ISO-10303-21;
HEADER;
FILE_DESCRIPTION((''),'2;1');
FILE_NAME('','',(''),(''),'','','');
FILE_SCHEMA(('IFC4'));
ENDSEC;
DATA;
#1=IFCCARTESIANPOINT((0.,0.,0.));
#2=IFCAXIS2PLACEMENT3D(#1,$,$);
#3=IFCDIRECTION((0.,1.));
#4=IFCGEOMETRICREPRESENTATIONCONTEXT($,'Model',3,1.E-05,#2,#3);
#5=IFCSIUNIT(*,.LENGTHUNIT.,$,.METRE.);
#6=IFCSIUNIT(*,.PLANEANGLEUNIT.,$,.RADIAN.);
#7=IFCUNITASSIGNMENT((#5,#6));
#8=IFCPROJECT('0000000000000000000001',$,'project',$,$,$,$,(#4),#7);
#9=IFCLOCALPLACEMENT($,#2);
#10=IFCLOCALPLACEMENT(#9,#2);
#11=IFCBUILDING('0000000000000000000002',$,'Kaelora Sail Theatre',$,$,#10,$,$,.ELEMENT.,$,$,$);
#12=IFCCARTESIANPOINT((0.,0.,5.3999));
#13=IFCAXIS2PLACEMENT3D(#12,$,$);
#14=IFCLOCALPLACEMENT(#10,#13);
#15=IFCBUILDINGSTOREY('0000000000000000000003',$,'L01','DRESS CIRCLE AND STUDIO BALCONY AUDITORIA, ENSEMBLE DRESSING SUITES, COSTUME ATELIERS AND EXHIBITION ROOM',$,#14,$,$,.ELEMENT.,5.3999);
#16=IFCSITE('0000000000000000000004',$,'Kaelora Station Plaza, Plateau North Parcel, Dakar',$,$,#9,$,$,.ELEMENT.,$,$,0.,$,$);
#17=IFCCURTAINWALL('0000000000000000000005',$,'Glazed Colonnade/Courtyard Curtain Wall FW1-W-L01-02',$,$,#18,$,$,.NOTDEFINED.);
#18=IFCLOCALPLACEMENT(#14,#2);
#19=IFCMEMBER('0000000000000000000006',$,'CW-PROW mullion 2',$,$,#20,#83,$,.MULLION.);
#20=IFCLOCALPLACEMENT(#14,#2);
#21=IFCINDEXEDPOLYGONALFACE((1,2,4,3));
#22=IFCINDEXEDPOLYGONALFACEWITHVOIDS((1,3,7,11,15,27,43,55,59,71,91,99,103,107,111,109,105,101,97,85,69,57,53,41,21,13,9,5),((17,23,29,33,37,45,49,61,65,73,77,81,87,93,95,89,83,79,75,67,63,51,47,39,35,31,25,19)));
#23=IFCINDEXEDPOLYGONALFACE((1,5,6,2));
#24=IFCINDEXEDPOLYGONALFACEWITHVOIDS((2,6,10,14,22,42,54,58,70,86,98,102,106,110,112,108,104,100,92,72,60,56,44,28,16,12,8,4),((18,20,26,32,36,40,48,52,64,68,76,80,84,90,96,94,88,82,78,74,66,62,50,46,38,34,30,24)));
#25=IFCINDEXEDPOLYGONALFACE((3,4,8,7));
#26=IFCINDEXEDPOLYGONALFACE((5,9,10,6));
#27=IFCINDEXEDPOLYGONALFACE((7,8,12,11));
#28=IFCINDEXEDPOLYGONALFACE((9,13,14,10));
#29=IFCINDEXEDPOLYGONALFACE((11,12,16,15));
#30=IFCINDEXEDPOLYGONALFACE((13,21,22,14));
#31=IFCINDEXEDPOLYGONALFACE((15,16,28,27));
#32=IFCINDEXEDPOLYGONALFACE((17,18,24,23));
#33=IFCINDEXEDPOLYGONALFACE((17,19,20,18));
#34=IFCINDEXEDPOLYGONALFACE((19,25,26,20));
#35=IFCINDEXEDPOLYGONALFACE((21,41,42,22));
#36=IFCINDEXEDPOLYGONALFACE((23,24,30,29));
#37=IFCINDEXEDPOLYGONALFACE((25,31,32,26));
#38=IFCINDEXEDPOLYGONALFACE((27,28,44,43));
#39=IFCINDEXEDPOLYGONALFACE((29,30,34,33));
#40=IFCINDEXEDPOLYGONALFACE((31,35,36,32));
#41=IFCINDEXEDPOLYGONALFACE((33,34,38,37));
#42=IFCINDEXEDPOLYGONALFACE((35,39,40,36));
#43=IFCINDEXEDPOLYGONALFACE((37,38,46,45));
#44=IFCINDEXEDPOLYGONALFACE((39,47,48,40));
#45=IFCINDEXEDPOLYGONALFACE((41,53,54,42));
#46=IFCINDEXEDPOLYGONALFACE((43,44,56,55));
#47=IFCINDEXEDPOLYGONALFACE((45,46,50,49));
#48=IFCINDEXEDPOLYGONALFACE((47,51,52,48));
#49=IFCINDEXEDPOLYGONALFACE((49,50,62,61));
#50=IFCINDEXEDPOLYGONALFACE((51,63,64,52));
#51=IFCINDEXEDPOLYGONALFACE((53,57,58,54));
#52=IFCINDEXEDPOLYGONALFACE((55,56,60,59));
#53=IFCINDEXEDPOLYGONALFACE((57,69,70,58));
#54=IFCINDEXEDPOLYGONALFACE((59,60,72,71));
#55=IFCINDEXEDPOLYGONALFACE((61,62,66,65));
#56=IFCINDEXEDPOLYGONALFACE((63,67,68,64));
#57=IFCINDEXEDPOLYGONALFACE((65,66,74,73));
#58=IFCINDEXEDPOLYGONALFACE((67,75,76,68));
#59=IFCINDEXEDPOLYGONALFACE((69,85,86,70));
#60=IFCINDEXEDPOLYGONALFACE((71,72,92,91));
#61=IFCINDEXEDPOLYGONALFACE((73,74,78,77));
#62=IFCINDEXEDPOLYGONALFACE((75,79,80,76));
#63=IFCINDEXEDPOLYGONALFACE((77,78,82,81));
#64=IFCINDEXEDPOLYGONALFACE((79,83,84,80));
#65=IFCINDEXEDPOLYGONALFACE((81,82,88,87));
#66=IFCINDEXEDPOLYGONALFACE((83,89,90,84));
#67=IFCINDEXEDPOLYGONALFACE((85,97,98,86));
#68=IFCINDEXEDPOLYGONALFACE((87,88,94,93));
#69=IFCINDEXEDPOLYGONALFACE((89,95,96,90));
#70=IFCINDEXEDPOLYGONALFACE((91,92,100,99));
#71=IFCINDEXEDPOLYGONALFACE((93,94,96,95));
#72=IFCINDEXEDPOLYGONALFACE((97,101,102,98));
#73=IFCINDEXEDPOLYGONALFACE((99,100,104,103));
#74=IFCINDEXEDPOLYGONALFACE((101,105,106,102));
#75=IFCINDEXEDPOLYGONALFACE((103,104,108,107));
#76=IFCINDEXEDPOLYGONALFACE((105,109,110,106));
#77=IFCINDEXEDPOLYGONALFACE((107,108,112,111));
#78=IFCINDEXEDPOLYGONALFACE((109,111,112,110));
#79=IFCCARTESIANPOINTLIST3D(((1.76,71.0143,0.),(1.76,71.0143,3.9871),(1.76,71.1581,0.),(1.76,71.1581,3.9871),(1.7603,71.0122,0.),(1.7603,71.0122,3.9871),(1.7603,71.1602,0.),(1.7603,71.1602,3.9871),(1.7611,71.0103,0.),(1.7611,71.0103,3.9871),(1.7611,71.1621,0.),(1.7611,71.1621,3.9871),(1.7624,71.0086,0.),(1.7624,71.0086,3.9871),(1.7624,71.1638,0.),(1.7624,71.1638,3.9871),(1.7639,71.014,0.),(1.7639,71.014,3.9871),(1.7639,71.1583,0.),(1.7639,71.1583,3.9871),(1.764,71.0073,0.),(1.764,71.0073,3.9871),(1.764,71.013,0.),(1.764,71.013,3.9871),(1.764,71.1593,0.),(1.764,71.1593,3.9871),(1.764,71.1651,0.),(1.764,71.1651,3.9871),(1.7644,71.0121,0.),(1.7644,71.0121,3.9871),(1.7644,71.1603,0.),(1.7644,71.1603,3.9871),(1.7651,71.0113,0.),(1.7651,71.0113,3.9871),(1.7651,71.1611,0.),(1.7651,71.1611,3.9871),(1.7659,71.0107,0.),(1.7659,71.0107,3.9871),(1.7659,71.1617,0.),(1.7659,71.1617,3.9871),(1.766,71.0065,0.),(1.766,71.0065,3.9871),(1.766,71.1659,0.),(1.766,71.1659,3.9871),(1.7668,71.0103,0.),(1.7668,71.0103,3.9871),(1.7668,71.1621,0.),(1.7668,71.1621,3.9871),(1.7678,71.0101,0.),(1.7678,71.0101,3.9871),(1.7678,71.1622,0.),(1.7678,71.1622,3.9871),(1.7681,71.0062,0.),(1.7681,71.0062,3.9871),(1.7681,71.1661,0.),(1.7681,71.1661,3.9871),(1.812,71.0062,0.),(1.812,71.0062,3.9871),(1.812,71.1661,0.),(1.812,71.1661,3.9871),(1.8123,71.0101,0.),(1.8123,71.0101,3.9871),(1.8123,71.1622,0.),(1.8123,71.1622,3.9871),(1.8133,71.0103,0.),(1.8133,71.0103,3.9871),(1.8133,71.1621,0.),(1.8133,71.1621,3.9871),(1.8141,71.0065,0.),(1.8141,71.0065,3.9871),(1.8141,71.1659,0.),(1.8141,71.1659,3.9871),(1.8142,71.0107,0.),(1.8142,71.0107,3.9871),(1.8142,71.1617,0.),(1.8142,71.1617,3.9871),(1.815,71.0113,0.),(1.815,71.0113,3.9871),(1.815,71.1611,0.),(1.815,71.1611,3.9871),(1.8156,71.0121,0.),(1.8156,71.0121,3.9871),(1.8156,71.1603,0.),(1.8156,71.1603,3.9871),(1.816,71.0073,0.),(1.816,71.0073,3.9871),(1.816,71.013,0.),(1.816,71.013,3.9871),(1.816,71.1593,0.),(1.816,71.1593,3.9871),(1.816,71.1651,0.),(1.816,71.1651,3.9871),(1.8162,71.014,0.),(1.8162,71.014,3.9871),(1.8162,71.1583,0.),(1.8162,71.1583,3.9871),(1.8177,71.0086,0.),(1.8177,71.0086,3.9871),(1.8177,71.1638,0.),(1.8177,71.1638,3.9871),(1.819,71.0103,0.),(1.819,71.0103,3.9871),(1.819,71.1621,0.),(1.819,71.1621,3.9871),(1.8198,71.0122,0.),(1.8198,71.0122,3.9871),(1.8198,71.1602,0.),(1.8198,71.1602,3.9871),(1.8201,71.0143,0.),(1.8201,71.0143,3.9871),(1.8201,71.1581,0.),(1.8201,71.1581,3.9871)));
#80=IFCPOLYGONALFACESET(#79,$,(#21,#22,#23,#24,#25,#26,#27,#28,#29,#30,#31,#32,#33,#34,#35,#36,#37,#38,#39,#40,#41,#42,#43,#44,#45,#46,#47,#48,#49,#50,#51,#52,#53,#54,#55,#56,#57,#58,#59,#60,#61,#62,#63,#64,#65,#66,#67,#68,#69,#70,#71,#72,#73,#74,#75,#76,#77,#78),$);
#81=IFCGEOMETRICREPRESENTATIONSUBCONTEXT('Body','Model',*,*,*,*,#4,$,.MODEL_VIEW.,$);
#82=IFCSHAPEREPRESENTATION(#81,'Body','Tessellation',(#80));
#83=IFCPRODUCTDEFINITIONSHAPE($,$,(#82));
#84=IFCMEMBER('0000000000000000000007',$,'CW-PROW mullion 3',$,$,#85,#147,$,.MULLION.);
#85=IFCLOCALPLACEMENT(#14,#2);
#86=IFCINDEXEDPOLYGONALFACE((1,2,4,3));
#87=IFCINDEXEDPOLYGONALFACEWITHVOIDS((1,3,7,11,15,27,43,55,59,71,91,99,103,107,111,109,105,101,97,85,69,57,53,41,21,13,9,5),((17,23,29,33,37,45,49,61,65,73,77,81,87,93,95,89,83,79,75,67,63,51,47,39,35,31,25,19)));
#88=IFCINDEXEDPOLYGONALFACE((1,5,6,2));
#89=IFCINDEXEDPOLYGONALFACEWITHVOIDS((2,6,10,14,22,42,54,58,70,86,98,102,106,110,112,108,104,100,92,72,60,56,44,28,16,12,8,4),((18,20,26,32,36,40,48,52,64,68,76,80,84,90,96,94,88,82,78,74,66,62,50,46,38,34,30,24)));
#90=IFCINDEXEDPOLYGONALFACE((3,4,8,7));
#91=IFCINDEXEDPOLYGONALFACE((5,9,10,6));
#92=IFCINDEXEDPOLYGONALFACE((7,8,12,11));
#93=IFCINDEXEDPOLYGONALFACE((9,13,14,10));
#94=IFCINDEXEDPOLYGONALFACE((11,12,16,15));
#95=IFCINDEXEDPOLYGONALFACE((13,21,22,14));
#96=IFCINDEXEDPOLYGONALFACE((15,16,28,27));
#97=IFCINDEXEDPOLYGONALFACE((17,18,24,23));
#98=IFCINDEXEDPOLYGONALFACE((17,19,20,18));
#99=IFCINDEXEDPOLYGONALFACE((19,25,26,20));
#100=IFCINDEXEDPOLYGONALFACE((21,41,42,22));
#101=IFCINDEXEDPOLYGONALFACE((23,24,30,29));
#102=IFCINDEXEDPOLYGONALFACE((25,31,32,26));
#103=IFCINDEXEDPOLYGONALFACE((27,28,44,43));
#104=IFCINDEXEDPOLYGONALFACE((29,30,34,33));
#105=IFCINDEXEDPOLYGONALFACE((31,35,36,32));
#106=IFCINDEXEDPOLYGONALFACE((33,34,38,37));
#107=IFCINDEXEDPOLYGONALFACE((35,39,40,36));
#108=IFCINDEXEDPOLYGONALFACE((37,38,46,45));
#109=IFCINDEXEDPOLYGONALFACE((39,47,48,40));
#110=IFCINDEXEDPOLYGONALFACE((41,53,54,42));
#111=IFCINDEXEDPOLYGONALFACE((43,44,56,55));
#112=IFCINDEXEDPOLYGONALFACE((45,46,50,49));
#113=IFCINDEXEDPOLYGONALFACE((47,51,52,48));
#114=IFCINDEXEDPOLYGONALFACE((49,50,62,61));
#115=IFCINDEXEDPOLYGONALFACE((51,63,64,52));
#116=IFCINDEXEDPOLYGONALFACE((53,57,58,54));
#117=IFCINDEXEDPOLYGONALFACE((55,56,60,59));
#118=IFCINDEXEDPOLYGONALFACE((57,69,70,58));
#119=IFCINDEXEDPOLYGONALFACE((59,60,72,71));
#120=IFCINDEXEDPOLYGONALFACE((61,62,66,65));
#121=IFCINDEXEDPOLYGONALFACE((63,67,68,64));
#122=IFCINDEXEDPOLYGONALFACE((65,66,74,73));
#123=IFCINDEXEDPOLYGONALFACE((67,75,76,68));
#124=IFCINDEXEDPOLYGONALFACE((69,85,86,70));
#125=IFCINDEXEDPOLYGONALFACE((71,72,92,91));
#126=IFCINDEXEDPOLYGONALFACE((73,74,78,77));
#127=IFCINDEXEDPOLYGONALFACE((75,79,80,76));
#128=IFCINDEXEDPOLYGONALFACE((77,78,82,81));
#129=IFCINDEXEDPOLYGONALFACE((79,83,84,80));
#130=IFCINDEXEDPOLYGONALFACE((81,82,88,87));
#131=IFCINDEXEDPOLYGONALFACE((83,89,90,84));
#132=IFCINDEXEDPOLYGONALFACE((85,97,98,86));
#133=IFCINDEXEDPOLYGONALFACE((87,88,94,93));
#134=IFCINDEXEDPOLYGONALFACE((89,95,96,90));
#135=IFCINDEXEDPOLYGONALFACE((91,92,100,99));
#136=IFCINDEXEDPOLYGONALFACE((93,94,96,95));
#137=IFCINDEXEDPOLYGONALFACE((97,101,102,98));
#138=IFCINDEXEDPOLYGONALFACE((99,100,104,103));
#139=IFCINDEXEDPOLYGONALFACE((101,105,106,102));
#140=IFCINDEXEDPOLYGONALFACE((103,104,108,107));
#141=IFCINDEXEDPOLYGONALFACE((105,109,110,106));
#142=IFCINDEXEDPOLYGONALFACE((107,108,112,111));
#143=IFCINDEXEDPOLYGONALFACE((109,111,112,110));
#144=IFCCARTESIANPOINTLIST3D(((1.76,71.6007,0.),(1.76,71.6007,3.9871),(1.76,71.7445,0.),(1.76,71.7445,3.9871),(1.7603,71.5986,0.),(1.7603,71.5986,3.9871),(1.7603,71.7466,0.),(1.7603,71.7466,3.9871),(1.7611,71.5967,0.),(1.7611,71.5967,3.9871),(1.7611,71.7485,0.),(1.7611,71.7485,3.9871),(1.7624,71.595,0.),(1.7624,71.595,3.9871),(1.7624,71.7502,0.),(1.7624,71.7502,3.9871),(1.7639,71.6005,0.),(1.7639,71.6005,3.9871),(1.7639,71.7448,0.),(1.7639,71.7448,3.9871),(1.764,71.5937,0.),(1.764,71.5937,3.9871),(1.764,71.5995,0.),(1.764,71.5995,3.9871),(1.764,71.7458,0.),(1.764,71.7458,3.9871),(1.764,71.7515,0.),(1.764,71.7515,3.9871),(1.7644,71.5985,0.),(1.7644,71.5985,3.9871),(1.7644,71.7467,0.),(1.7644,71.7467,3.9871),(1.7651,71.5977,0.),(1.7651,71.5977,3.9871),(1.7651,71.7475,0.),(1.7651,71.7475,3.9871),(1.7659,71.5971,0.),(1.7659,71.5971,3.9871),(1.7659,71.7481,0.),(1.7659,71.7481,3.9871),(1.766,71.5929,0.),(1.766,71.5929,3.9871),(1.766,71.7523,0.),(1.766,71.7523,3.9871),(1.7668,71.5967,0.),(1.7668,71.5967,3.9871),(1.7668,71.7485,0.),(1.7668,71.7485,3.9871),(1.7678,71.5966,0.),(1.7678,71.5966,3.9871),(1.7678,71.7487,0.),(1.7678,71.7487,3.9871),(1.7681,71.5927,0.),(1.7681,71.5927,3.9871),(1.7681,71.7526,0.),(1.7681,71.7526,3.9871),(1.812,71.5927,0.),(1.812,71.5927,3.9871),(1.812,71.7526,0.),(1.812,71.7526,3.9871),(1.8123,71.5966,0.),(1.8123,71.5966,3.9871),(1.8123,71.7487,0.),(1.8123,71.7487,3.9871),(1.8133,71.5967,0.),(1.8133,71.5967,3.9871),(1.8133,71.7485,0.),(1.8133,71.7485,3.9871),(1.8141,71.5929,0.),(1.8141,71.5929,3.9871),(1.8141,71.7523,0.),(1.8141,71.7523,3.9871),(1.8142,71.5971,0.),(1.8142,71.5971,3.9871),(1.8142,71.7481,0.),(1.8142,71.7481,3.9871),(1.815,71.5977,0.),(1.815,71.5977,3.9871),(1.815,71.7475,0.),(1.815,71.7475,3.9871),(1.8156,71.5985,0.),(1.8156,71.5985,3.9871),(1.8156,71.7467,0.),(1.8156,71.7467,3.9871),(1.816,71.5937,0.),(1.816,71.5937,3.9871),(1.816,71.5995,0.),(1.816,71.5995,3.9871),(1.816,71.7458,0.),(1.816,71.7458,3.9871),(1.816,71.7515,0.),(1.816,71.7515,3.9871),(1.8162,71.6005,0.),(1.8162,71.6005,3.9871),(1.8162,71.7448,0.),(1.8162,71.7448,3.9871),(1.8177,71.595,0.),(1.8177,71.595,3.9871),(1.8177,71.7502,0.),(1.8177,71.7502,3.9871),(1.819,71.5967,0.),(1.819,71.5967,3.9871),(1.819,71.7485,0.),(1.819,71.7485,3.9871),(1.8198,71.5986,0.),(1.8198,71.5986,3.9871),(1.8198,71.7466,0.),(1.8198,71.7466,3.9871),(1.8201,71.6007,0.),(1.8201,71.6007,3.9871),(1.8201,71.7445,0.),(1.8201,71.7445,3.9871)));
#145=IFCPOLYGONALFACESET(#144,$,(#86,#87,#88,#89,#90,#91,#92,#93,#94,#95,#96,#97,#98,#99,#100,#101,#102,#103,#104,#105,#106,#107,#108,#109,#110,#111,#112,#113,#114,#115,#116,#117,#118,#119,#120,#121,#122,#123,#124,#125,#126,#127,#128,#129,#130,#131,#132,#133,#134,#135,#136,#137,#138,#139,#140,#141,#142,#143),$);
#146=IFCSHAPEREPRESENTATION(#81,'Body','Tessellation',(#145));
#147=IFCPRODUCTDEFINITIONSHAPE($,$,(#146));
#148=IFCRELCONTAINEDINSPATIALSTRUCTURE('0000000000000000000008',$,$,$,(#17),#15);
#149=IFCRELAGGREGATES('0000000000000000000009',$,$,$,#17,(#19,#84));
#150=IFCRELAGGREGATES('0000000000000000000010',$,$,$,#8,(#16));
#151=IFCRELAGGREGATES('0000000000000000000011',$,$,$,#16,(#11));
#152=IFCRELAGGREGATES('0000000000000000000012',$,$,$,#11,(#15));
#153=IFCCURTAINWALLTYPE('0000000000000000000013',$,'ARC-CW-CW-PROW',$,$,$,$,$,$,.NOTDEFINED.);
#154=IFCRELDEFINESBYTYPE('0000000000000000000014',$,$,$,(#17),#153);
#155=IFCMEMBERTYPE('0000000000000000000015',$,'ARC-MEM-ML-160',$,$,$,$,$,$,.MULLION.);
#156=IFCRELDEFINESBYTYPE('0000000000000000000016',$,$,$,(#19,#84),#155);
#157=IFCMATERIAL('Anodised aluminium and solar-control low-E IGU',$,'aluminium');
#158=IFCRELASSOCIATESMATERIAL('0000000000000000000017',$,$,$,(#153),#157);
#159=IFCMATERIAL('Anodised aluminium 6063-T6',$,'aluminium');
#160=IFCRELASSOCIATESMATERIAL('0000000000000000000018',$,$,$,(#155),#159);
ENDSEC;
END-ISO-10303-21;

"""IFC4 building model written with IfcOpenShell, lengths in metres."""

from ifc_helpers import new_model, si_unit, direction, frame, origin, origin_2d, place, context, subcontext, project, spatial, hollow_rectangle, extrude, material, material_profile, profile_set, type_object, element, aggregate, save


model = new_model("IFC4")

# Units and contexts
model_context = context("Model", 3, precision=1e-05, world=origin(), true_north=direction((0.0, 1.0)))
body_context = subcontext(model_context, "Body", "Model", "MODEL_VIEW")
ifc_project = project(units=[si_unit("LENGTHUNIT", "METRE"), si_unit("PLANEANGLEUNIT", "RADIAN")], contexts=[model_context])

# Site, building, storey
site_placement = place(None, origin())
site = spatial("IfcSite", under=ifc_project, at=site_placement, Name="Kaelora Station Plaza, Plateau North Parcel, Dakar", CompositionType="ELEMENT", RefElevation=0.0)
building_placement = place(site_placement, origin())
building = spatial("IfcBuilding", under=site, at=building_placement, Name="Kaelora Sail Theatre", CompositionType="ELEMENT")
storey_placement = place(building_placement, frame((0.0, 0.0, 5.3999)))
storey = spatial("IfcBuildingStorey", under=building, at=storey_placement, Name="L01", Description="DRESS CIRCLE AND STUDIO BALCONY AUDITORIA, ENSEMBLE DRESSING SUITES, COSTUME ATELIERS AND EXHIBITION ROOM", CompositionType="ELEMENT", Elevation=5.3999)

# Curtain wall, members
ifc_material_1 = material(Name="Anodised aluminium and solar-control low-E IGU", Category="aluminium")
curtain_wall_type = type_object("IfcCurtainWallType", Name="ARC-CW-CW-PROW", PredefinedType="NOTDEFINED", material=ifc_material_1)
ifc_material_2 = material(Name="Anodised aluminium 6063-T6", Category="aluminium")
ifc_material_profile_1 = material_profile(ifc_material_2, hollow_rectangle(XDim=0.0601, YDim=0.1599, WallThickness=0.0039, InnerFilletRadius=0.0039, OuterFilletRadius=0.0081, at=origin_2d()), Name="ALU-MULL 60x160x4")
ifc_profile_set_1 = profile_set([ifc_material_profile_1], Name="Anodised aluminium 6063-T6")
member_type_1 = type_object("IfcMemberType", Name="ARC-MEM-ML-160", PredefinedType="MULLION", material=ifc_profile_set_1)
curtain_wall_1_placement = place(storey_placement, origin())
curtain_wall_1 = element("IfcCurtainWall", 1, at=curtain_wall_1_placement, inside=storey, type_object=curtain_wall_type, Name="Glazed Colonnade/Courtyard Curtain Wall FW1-W-L01-02", PredefinedType="NOTDEFINED")
member_1_placement = place(storey_placement, frame((1.79, 71.0862, 0.0), z_axis=(0.0, 0.0, 1.0), x_axis=(-1.0, 0.0, 0.0)))
member_1 = element("IfcMember", 2, at=member_1_placement, type_object=member_type_1, Name="CW-PROW mullion 2", PredefinedType="MULLION", context=body_context, shape_type="SweptSolid", body=[
    extrude(hollow_rectangle(XDim=0.0601, YDim=0.1599, WallThickness=0.0039, InnerFilletRadius=0.0039, OuterFilletRadius=0.0081, at=origin_2d()), origin(), (0.0, 0.0, 1.0), 3.9871),
])
member_2_placement = place(storey_placement, frame((1.79, 71.6726, 0.0), z_axis=(0.0, 0.0, 1.0), x_axis=(-1.0, 0.0, 0.0)))
member_2 = element("IfcMember", 3, at=member_2_placement, type_object=member_type_1, Name="CW-PROW mullion 3", PredefinedType="MULLION", context=body_context, shape_type="SweptSolid", body=[
    extrude(hollow_rectangle(XDim=0.0601, YDim=0.1599, WallThickness=0.0039, InnerFilletRadius=0.0039, OuterFilletRadius=0.0081, at=origin_2d()), origin(), (0.0, 0.0, 1.0), 3.9871),
])

aggregate(curtain_wall_1, [member_1, member_2])

save(model, "model.ifc")
